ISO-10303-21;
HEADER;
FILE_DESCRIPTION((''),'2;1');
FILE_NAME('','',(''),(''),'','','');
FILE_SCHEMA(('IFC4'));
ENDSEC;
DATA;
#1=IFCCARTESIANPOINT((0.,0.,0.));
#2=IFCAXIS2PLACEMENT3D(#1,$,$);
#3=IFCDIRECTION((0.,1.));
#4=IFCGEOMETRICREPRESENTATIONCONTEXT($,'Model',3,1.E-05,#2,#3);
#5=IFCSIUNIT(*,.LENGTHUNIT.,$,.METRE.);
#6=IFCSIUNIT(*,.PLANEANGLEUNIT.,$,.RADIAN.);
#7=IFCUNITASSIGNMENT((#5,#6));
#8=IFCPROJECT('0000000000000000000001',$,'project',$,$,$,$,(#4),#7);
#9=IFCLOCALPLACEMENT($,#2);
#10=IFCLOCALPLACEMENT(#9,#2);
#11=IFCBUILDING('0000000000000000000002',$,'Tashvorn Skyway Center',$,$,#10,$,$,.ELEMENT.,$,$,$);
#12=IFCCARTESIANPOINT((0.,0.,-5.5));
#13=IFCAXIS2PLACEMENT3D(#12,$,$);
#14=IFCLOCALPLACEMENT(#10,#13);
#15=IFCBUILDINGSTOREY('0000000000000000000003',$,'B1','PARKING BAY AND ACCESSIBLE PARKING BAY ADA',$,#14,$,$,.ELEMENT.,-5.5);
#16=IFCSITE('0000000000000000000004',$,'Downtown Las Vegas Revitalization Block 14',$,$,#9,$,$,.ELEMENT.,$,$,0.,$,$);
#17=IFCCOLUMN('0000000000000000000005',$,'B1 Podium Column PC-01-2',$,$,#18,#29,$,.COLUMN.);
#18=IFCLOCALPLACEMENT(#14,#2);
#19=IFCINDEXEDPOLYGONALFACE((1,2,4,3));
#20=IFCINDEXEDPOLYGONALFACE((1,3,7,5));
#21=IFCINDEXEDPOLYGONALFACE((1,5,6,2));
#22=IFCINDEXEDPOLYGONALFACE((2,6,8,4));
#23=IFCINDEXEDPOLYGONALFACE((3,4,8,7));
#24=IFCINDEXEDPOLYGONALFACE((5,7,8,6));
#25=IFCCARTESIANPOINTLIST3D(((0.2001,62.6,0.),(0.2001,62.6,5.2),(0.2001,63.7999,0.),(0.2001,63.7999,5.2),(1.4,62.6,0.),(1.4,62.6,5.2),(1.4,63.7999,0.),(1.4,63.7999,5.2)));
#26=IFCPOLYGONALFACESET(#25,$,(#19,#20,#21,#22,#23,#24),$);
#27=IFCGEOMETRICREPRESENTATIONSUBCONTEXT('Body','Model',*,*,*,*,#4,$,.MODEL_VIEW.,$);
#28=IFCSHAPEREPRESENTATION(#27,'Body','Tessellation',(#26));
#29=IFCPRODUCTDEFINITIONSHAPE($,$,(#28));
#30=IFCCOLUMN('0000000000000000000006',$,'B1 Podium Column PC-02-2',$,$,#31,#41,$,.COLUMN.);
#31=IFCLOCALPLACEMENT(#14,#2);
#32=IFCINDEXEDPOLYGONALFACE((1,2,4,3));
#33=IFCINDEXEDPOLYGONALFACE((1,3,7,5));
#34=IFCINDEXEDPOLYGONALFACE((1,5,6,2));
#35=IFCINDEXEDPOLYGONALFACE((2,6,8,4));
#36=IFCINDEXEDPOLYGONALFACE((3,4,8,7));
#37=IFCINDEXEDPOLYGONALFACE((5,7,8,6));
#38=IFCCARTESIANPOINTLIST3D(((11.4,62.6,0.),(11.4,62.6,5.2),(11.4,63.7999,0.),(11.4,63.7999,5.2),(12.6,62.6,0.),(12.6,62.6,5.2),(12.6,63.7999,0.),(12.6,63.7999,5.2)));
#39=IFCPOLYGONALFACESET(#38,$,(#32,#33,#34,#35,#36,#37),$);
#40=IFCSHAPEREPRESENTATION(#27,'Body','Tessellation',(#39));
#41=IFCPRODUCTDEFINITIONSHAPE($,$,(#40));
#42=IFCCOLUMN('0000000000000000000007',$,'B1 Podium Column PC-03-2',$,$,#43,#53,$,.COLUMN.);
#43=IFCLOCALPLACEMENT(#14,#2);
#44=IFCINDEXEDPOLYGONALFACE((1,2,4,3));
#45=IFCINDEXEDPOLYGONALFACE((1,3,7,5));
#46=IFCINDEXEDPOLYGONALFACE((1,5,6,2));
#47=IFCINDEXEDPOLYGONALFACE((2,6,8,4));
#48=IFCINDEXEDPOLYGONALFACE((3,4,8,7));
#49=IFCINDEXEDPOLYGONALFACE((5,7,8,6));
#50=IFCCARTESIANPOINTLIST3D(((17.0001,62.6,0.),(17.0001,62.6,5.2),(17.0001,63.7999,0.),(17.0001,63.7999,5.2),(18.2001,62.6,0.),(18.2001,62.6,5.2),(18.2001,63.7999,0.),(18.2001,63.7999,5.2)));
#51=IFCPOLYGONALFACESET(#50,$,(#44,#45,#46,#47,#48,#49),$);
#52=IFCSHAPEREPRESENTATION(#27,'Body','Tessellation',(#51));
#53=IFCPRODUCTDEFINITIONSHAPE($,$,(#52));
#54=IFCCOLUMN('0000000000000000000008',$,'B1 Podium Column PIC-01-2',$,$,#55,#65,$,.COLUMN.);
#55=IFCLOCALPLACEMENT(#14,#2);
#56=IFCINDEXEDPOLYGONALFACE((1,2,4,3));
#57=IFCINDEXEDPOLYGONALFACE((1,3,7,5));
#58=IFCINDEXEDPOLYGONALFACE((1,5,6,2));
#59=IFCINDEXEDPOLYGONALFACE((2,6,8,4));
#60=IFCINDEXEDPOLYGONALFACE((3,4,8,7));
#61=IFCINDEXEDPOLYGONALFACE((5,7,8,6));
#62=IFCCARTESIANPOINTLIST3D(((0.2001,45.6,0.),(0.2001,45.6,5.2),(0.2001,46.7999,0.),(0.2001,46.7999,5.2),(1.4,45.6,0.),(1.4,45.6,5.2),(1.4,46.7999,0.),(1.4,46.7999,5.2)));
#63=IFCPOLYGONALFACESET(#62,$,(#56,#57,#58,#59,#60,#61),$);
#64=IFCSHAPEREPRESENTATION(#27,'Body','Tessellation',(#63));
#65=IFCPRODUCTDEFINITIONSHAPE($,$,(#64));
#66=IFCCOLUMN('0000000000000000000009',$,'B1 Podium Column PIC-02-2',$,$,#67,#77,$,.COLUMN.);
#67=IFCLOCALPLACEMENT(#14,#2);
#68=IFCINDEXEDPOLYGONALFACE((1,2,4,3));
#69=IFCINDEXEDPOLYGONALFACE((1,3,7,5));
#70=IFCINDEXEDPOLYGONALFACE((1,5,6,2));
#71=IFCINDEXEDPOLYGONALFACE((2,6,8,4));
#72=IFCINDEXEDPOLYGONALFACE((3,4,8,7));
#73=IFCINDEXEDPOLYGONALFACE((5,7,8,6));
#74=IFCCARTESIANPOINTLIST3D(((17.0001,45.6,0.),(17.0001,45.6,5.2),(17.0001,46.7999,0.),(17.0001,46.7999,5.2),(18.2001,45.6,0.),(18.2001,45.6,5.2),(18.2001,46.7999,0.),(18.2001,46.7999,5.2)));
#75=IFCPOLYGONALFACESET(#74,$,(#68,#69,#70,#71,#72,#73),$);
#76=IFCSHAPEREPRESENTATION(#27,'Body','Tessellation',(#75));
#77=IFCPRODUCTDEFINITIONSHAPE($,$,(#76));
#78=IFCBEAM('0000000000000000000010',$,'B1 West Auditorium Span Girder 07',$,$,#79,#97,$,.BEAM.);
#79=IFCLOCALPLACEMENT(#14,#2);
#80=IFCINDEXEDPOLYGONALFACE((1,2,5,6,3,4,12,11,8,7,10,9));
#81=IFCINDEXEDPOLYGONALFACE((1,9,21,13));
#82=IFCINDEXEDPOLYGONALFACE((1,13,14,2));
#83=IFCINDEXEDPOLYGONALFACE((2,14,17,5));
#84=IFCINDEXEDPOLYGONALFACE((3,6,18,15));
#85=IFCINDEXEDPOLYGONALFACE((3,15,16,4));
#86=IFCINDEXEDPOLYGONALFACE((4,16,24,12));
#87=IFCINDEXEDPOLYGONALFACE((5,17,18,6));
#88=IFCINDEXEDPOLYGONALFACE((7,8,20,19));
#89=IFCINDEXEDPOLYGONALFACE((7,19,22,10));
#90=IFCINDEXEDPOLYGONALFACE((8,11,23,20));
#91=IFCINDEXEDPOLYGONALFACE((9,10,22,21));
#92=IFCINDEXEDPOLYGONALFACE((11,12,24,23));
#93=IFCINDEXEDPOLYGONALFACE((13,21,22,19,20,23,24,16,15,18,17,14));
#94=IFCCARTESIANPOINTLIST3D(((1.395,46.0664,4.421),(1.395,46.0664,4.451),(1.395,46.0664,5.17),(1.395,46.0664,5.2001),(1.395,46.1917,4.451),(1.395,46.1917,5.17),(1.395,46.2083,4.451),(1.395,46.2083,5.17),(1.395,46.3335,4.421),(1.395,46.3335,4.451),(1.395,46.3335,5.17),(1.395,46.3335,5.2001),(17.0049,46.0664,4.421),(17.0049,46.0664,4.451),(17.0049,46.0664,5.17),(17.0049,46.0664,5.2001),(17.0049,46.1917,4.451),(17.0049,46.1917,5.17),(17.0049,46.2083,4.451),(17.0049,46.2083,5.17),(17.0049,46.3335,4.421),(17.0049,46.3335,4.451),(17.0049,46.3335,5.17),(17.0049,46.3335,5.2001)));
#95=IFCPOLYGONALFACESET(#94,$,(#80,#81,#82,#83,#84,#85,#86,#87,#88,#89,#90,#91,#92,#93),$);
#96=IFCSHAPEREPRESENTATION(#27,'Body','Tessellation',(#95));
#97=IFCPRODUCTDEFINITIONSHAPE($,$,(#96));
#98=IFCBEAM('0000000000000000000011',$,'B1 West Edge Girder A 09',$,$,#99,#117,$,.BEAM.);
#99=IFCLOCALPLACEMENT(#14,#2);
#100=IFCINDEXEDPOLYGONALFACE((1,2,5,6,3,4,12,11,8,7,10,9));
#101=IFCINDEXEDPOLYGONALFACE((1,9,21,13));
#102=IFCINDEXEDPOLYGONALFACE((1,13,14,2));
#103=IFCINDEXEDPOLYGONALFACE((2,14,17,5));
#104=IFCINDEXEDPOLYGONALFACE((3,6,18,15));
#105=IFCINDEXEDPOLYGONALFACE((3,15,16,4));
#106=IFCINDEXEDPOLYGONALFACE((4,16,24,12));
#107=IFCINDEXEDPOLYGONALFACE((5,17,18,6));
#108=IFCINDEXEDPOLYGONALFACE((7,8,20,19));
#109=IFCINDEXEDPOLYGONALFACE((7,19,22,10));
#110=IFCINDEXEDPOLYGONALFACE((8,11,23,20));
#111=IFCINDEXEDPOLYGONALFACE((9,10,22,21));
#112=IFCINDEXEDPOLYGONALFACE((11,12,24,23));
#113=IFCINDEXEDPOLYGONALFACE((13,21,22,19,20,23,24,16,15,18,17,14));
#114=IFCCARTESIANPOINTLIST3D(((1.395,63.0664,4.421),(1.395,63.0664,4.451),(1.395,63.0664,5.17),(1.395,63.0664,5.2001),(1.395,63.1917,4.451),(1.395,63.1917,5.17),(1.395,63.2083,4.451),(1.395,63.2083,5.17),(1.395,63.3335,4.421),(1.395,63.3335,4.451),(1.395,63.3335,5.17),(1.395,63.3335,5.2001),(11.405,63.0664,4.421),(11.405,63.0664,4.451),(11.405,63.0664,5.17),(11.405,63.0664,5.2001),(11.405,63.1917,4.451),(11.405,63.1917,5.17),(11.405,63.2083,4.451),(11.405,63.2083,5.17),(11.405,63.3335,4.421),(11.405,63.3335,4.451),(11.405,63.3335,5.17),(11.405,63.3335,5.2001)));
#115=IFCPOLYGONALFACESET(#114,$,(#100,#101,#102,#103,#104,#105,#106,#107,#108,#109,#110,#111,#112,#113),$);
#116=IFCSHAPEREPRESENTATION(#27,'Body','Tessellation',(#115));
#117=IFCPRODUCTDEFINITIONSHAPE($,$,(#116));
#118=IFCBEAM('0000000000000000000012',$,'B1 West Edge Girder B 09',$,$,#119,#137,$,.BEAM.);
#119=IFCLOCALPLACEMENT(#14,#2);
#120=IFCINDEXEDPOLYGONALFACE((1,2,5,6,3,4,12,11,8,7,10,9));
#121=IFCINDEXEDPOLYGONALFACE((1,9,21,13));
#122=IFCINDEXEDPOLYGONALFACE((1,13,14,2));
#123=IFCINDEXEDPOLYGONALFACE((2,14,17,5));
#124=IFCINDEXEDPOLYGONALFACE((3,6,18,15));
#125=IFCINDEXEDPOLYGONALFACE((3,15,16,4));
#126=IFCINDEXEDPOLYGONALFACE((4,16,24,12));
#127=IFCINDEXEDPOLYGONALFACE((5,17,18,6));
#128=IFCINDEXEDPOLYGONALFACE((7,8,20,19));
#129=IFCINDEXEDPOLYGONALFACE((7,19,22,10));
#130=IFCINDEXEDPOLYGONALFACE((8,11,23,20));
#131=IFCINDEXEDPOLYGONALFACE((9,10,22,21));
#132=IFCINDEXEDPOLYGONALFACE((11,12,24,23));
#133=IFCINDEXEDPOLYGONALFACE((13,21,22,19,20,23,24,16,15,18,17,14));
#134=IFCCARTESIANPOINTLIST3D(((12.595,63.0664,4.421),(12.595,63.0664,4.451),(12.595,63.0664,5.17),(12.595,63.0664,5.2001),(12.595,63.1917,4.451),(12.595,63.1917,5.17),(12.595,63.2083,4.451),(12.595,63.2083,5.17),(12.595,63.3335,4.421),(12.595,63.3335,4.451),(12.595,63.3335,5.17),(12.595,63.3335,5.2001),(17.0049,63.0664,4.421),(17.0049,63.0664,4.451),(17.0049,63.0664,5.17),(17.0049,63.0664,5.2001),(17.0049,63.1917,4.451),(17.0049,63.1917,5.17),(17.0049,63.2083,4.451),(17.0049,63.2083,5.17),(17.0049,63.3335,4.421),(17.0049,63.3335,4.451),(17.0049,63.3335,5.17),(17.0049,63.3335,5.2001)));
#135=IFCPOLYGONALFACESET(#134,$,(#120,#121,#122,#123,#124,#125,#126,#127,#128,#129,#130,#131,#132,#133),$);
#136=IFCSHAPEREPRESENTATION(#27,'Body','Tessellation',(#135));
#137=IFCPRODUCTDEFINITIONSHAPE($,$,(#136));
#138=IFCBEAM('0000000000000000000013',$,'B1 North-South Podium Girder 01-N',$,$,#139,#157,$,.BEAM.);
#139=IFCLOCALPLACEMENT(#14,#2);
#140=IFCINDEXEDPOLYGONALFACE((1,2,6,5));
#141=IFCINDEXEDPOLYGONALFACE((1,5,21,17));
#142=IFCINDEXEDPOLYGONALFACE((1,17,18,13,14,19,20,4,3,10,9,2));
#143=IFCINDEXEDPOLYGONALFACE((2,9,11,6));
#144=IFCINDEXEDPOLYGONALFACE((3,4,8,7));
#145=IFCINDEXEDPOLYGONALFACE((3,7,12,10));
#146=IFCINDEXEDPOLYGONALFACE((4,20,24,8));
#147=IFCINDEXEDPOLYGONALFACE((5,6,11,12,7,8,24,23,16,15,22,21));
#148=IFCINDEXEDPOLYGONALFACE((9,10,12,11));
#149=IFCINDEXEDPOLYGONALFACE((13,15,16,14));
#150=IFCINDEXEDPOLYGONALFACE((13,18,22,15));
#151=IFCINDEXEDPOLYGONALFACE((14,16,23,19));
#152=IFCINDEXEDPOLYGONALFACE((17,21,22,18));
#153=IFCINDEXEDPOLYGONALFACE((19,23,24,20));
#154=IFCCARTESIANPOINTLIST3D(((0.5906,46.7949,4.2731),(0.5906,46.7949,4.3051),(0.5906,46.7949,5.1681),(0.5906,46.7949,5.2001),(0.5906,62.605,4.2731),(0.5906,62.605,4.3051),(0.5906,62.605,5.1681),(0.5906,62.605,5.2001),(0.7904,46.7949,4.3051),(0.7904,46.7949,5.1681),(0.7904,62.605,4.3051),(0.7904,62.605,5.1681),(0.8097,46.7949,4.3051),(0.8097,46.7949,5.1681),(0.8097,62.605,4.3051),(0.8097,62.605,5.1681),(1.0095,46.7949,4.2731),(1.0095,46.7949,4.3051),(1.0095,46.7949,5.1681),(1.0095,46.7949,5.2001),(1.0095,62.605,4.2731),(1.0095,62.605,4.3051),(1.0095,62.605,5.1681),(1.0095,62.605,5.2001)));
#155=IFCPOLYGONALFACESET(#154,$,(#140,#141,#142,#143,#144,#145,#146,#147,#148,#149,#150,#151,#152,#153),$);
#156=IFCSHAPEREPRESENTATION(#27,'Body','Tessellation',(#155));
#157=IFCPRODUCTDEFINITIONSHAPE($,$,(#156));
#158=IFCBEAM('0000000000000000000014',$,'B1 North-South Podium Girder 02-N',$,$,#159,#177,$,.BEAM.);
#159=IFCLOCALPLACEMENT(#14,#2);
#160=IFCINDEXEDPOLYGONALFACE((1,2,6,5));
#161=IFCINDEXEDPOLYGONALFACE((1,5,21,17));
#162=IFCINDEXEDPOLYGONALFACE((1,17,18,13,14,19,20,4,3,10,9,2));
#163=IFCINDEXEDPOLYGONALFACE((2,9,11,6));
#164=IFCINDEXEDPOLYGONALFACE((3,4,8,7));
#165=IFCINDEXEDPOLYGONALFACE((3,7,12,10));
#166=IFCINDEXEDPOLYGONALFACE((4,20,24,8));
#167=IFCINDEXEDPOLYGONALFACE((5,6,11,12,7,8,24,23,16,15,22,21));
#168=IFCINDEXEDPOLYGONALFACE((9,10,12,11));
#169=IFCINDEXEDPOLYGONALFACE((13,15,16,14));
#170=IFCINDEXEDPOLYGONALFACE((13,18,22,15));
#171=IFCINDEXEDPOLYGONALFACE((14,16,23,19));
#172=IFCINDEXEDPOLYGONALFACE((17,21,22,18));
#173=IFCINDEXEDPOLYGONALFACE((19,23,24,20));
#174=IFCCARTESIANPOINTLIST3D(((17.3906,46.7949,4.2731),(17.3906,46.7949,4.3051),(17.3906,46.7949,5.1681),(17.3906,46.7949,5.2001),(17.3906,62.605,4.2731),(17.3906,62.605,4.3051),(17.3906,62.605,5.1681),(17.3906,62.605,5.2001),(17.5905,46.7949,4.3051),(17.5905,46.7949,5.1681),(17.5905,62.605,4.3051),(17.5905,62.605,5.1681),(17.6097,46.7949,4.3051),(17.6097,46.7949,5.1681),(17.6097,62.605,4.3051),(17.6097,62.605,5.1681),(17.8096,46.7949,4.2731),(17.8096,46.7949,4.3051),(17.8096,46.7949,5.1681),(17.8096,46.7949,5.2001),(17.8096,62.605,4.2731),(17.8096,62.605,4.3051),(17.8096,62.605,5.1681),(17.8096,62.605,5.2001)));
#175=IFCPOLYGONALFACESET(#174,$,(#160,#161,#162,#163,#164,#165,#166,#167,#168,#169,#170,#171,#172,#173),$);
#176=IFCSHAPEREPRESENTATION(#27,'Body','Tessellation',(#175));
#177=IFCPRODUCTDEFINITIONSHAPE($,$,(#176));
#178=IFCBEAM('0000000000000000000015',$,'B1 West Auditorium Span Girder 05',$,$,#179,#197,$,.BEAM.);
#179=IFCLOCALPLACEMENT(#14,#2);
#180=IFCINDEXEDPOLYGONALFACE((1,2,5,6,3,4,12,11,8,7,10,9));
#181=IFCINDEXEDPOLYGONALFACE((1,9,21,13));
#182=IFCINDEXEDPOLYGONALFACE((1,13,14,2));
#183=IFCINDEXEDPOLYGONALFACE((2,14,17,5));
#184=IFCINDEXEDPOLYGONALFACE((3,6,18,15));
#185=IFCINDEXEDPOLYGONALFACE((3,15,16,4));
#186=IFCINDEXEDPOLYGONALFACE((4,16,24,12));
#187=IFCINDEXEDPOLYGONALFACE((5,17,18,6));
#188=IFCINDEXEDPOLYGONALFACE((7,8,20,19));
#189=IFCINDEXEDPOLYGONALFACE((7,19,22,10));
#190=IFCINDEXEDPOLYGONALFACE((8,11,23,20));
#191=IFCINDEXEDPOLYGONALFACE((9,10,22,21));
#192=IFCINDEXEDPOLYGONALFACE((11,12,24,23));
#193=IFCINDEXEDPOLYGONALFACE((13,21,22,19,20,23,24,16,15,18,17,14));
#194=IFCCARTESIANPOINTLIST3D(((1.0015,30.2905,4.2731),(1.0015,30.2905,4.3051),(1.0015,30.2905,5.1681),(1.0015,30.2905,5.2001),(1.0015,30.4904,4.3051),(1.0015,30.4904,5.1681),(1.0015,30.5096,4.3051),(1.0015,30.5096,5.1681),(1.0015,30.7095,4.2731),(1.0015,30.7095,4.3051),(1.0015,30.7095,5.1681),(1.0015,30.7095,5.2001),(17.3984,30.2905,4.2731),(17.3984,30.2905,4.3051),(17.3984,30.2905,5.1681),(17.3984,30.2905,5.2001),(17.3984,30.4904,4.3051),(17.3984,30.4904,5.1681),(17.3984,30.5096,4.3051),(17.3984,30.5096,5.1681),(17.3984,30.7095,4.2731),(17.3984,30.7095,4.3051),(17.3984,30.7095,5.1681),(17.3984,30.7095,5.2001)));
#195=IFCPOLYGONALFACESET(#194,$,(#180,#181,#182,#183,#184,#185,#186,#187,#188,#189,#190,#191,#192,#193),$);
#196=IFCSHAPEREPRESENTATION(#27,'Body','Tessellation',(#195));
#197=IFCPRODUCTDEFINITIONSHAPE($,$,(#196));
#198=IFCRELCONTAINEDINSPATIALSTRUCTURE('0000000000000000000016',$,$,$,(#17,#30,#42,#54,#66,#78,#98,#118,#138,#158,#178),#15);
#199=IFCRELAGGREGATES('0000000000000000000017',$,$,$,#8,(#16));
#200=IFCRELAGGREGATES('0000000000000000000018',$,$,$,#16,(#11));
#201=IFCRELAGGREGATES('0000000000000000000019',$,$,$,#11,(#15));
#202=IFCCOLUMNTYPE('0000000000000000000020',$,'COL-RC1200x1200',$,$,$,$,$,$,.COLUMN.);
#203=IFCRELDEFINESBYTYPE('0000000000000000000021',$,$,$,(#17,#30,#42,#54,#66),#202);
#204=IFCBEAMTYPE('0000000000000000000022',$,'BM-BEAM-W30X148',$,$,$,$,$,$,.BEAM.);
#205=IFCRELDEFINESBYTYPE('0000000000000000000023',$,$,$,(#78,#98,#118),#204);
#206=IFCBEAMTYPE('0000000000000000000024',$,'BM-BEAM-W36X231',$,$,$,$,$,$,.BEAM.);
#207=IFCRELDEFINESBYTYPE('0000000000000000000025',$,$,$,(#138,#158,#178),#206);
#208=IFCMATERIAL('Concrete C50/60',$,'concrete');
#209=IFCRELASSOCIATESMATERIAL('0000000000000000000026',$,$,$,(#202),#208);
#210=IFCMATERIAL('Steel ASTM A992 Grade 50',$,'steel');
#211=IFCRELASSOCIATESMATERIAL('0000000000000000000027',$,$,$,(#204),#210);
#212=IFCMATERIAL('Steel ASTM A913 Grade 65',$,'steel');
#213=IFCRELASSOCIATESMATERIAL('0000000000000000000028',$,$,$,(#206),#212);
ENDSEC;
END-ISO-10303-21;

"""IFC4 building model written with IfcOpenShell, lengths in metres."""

from ifc_helpers import new_model, si_unit, direction, frame, origin, origin_2d, place, context, subcontext, project, spatial, rectangle, i_section, extrude, material, material_profile, profile_set, type_object, element, save


model = new_model("IFC4")

# Units and contexts
model_context = context("Model", 3, precision=1e-05, world=origin(), true_north=direction((0.0, 1.0)))
body_context = subcontext(model_context, "Body", "Model", "MODEL_VIEW")
ifc_project = project(units=[si_unit("LENGTHUNIT", "METRE"), si_unit("PLANEANGLEUNIT", "RADIAN")], contexts=[model_context])

# Site, building, storey
site_placement = place(None, origin())
site = spatial("IfcSite", under=ifc_project, at=site_placement, Name="Downtown Las Vegas Revitalization Block 14", CompositionType="ELEMENT", RefElevation=0.0)
building_placement = place(site_placement, origin())
building = spatial("IfcBuilding", under=site, at=building_placement, Name="Tashvorn Skyway Center", CompositionType="ELEMENT")
storey_placement = place(building_placement, frame((0.0, 0.0, -5.5)))
storey = spatial("IfcBuildingStorey", under=building, at=storey_placement, Name="B1", Description="PARKING BAY AND ACCESSIBLE PARKING BAY ADA", CompositionType="ELEMENT", Elevation=-5.5)

# Columns
ifc_material_1 = material(Name="Concrete C50/60", Category="concrete")
ifc_material_profile_1 = material_profile(ifc_material_1, rectangle(XDim=1.2, YDim=1.2, at=origin_2d()), Name="RC1200x1200")
ifc_profile_set_1 = profile_set([ifc_material_profile_1], Name="Concrete C50/60")
column_type = type_object("IfcColumnType", Name="COL-RC1200x1200", PredefinedType="COLUMN", material=ifc_profile_set_1)
for number, where, z_axis, x_axis, name in (
    (1, (0.8, 63.2, 0.0), (0.0, 0.0, 1.0), (1.0, 0.0, 0.0), "B1 Podium Column PC-01-2"),
    (2, (12.0, 63.2, 0.0), (0.0, 0.0, 1.0), (1.0, 0.0, 0.0), "B1 Podium Column PC-02-2"),
    (3, (17.6001, 63.2, 0.0), (0.0, 0.0, 1.0), (1.0, 0.0, 0.0), "B1 Podium Column PC-03-2"),
    (4, (0.8, 46.2, 0.0), (0.0, 0.0, 1.0), (1.0, 0.0, 0.0), "B1 Podium Column PIC-01-2"),
    (5, (17.6001, 46.2, 0.0), (0.0, 0.0, 1.0), (1.0, 0.0, 0.0), "B1 Podium Column PIC-02-2"),
):
    element("IfcColumn", number, at=place(storey_placement, frame(where, z_axis=z_axis, x_axis=x_axis)), inside=storey, type_object=column_type, Name=name, PredefinedType="COLUMN", context=body_context, shape_type="SweptSolid", body=[
        extrude(rectangle(XDim=1.2, YDim=1.2, at=origin_2d()), origin(), (0.0, 0.0, 1.0), 5.2),
    ])

# Beams
ifc_material_2 = material(Name="Steel ASTM A992 Grade 50", Category="steel")
ifc_material_profile_2 = material_profile(ifc_material_2, i_section(OverallWidth=0.2671, OverallDepth=0.7791, WebThickness=0.0166, FlangeThickness=0.03, at=origin_2d()), Name="W30X148")
ifc_profile_set_2 = profile_set([ifc_material_profile_2], Name="Steel ASTM A992 Grade 50")
beam_type_1 = type_object("IfcBeamType", Name="BM-BEAM-W30X148", PredefinedType="BEAM", material=ifc_profile_set_2)
beam_1_placement = place(storey_placement, frame((1.395, 46.2, 4.8105), z_axis=(1.0, 0.0, 0.0), x_axis=(0.0, 1.0, 0.0)))
element("IfcBeam", 6, at=beam_1_placement, inside=storey, type_object=beam_type_1, Name="B1 West Auditorium Span Girder 07", PredefinedType="BEAM", context=body_context, shape_type="SweptSolid", body=[
    extrude(i_section(OverallWidth=0.2671, OverallDepth=0.7791, WebThickness=0.0166, FlangeThickness=0.03, at=origin_2d()), origin(), (0.0, 0.0, 1.0), 15.6099),
])
beam_2_placement = place(storey_placement, frame((1.395, 63.2, 4.8105), z_axis=(1.0, 0.0, 0.0), x_axis=(0.0, 1.0, 0.0)))
element("IfcBeam", 7, at=beam_2_placement, inside=storey, type_object=beam_type_1, Name="B1 West Edge Girder A 09", PredefinedType="BEAM", context=body_context, shape_type="SweptSolid", body=[
    extrude(i_section(OverallWidth=0.2671, OverallDepth=0.7791, WebThickness=0.0166, FlangeThickness=0.03, at=origin_2d()), origin(), (0.0, 0.0, 1.0), 10.01),
])
beam_3_placement = place(storey_placement, frame((12.595, 63.2, 4.8105), z_axis=(1.0, 0.0, 0.0), x_axis=(0.0, 1.0, 0.0)))
element("IfcBeam", 8, at=beam_3_placement, inside=storey, type_object=beam_type_1, Name="B1 West Edge Girder B 09", PredefinedType="BEAM", context=body_context, shape_type="SweptSolid", body=[
    extrude(i_section(OverallWidth=0.2671, OverallDepth=0.7791, WebThickness=0.0166, FlangeThickness=0.03, at=origin_2d()), origin(), (0.0, 0.0, 1.0), 4.4099),
])
ifc_material_3 = material(Name="Steel ASTM A913 Grade 65", Category="steel")
ifc_material_profile_3 = material_profile(ifc_material_3, i_section(OverallWidth=0.4189, OverallDepth=0.927, WebThickness=0.0193, FlangeThickness=0.032, at=origin_2d()), Name="W36X231")
ifc_profile_set_3 = profile_set([ifc_material_profile_3], Name="Steel ASTM A913 Grade 65")
beam_type_2 = type_object("IfcBeamType", Name="BM-BEAM-W36X231", PredefinedType="BEAM", material=ifc_profile_set_3)
for number, where, z_axis, x_axis, name in (
    (9, (0.8, 46.7949, 4.7366), (0.0, 1.0, 0.0), (-1.0, 0.0, 0.0), "B1 North-South Podium Girder 01-N"),
    (10, (17.6001, 46.7949, 4.7366), (0.0, 1.0, 0.0), (-1.0, 0.0, 0.0), "B1 North-South Podium Girder 02-N"),
):
    element("IfcBeam", number, at=place(storey_placement, frame(where, z_axis=z_axis, x_axis=x_axis)), inside=storey, type_object=beam_type_2, Name=name, PredefinedType="BEAM", context=body_context, shape_type="SweptSolid", body=[
        extrude(i_section(OverallWidth=0.4189, OverallDepth=0.927, WebThickness=0.0193, FlangeThickness=0.032, at=origin_2d()), origin(), (0.0, 0.0, 1.0), 15.8101),
    ])
for number, where, z_axis, x_axis, name in (
    (11, (1.0015, 30.5, 4.7366), (1.0, 0.0, 0.0), (0.0, 1.0, 0.0), "B1 West Auditorium Span Girder 05"),
):
    element("IfcBeam", number, at=place(storey_placement, frame(where, z_axis=z_axis, x_axis=x_axis)), inside=storey, type_object=beam_type_2, Name=name, PredefinedType="BEAM", context=body_context, shape_type="SweptSolid", body=[
        extrude(i_section(OverallWidth=0.4189, OverallDepth=0.927, WebThickness=0.0193, FlangeThickness=0.032, at=origin_2d()), origin(), (0.0, 0.0, 1.0), 16.397),
    ])

save(model, "model.ifc")
